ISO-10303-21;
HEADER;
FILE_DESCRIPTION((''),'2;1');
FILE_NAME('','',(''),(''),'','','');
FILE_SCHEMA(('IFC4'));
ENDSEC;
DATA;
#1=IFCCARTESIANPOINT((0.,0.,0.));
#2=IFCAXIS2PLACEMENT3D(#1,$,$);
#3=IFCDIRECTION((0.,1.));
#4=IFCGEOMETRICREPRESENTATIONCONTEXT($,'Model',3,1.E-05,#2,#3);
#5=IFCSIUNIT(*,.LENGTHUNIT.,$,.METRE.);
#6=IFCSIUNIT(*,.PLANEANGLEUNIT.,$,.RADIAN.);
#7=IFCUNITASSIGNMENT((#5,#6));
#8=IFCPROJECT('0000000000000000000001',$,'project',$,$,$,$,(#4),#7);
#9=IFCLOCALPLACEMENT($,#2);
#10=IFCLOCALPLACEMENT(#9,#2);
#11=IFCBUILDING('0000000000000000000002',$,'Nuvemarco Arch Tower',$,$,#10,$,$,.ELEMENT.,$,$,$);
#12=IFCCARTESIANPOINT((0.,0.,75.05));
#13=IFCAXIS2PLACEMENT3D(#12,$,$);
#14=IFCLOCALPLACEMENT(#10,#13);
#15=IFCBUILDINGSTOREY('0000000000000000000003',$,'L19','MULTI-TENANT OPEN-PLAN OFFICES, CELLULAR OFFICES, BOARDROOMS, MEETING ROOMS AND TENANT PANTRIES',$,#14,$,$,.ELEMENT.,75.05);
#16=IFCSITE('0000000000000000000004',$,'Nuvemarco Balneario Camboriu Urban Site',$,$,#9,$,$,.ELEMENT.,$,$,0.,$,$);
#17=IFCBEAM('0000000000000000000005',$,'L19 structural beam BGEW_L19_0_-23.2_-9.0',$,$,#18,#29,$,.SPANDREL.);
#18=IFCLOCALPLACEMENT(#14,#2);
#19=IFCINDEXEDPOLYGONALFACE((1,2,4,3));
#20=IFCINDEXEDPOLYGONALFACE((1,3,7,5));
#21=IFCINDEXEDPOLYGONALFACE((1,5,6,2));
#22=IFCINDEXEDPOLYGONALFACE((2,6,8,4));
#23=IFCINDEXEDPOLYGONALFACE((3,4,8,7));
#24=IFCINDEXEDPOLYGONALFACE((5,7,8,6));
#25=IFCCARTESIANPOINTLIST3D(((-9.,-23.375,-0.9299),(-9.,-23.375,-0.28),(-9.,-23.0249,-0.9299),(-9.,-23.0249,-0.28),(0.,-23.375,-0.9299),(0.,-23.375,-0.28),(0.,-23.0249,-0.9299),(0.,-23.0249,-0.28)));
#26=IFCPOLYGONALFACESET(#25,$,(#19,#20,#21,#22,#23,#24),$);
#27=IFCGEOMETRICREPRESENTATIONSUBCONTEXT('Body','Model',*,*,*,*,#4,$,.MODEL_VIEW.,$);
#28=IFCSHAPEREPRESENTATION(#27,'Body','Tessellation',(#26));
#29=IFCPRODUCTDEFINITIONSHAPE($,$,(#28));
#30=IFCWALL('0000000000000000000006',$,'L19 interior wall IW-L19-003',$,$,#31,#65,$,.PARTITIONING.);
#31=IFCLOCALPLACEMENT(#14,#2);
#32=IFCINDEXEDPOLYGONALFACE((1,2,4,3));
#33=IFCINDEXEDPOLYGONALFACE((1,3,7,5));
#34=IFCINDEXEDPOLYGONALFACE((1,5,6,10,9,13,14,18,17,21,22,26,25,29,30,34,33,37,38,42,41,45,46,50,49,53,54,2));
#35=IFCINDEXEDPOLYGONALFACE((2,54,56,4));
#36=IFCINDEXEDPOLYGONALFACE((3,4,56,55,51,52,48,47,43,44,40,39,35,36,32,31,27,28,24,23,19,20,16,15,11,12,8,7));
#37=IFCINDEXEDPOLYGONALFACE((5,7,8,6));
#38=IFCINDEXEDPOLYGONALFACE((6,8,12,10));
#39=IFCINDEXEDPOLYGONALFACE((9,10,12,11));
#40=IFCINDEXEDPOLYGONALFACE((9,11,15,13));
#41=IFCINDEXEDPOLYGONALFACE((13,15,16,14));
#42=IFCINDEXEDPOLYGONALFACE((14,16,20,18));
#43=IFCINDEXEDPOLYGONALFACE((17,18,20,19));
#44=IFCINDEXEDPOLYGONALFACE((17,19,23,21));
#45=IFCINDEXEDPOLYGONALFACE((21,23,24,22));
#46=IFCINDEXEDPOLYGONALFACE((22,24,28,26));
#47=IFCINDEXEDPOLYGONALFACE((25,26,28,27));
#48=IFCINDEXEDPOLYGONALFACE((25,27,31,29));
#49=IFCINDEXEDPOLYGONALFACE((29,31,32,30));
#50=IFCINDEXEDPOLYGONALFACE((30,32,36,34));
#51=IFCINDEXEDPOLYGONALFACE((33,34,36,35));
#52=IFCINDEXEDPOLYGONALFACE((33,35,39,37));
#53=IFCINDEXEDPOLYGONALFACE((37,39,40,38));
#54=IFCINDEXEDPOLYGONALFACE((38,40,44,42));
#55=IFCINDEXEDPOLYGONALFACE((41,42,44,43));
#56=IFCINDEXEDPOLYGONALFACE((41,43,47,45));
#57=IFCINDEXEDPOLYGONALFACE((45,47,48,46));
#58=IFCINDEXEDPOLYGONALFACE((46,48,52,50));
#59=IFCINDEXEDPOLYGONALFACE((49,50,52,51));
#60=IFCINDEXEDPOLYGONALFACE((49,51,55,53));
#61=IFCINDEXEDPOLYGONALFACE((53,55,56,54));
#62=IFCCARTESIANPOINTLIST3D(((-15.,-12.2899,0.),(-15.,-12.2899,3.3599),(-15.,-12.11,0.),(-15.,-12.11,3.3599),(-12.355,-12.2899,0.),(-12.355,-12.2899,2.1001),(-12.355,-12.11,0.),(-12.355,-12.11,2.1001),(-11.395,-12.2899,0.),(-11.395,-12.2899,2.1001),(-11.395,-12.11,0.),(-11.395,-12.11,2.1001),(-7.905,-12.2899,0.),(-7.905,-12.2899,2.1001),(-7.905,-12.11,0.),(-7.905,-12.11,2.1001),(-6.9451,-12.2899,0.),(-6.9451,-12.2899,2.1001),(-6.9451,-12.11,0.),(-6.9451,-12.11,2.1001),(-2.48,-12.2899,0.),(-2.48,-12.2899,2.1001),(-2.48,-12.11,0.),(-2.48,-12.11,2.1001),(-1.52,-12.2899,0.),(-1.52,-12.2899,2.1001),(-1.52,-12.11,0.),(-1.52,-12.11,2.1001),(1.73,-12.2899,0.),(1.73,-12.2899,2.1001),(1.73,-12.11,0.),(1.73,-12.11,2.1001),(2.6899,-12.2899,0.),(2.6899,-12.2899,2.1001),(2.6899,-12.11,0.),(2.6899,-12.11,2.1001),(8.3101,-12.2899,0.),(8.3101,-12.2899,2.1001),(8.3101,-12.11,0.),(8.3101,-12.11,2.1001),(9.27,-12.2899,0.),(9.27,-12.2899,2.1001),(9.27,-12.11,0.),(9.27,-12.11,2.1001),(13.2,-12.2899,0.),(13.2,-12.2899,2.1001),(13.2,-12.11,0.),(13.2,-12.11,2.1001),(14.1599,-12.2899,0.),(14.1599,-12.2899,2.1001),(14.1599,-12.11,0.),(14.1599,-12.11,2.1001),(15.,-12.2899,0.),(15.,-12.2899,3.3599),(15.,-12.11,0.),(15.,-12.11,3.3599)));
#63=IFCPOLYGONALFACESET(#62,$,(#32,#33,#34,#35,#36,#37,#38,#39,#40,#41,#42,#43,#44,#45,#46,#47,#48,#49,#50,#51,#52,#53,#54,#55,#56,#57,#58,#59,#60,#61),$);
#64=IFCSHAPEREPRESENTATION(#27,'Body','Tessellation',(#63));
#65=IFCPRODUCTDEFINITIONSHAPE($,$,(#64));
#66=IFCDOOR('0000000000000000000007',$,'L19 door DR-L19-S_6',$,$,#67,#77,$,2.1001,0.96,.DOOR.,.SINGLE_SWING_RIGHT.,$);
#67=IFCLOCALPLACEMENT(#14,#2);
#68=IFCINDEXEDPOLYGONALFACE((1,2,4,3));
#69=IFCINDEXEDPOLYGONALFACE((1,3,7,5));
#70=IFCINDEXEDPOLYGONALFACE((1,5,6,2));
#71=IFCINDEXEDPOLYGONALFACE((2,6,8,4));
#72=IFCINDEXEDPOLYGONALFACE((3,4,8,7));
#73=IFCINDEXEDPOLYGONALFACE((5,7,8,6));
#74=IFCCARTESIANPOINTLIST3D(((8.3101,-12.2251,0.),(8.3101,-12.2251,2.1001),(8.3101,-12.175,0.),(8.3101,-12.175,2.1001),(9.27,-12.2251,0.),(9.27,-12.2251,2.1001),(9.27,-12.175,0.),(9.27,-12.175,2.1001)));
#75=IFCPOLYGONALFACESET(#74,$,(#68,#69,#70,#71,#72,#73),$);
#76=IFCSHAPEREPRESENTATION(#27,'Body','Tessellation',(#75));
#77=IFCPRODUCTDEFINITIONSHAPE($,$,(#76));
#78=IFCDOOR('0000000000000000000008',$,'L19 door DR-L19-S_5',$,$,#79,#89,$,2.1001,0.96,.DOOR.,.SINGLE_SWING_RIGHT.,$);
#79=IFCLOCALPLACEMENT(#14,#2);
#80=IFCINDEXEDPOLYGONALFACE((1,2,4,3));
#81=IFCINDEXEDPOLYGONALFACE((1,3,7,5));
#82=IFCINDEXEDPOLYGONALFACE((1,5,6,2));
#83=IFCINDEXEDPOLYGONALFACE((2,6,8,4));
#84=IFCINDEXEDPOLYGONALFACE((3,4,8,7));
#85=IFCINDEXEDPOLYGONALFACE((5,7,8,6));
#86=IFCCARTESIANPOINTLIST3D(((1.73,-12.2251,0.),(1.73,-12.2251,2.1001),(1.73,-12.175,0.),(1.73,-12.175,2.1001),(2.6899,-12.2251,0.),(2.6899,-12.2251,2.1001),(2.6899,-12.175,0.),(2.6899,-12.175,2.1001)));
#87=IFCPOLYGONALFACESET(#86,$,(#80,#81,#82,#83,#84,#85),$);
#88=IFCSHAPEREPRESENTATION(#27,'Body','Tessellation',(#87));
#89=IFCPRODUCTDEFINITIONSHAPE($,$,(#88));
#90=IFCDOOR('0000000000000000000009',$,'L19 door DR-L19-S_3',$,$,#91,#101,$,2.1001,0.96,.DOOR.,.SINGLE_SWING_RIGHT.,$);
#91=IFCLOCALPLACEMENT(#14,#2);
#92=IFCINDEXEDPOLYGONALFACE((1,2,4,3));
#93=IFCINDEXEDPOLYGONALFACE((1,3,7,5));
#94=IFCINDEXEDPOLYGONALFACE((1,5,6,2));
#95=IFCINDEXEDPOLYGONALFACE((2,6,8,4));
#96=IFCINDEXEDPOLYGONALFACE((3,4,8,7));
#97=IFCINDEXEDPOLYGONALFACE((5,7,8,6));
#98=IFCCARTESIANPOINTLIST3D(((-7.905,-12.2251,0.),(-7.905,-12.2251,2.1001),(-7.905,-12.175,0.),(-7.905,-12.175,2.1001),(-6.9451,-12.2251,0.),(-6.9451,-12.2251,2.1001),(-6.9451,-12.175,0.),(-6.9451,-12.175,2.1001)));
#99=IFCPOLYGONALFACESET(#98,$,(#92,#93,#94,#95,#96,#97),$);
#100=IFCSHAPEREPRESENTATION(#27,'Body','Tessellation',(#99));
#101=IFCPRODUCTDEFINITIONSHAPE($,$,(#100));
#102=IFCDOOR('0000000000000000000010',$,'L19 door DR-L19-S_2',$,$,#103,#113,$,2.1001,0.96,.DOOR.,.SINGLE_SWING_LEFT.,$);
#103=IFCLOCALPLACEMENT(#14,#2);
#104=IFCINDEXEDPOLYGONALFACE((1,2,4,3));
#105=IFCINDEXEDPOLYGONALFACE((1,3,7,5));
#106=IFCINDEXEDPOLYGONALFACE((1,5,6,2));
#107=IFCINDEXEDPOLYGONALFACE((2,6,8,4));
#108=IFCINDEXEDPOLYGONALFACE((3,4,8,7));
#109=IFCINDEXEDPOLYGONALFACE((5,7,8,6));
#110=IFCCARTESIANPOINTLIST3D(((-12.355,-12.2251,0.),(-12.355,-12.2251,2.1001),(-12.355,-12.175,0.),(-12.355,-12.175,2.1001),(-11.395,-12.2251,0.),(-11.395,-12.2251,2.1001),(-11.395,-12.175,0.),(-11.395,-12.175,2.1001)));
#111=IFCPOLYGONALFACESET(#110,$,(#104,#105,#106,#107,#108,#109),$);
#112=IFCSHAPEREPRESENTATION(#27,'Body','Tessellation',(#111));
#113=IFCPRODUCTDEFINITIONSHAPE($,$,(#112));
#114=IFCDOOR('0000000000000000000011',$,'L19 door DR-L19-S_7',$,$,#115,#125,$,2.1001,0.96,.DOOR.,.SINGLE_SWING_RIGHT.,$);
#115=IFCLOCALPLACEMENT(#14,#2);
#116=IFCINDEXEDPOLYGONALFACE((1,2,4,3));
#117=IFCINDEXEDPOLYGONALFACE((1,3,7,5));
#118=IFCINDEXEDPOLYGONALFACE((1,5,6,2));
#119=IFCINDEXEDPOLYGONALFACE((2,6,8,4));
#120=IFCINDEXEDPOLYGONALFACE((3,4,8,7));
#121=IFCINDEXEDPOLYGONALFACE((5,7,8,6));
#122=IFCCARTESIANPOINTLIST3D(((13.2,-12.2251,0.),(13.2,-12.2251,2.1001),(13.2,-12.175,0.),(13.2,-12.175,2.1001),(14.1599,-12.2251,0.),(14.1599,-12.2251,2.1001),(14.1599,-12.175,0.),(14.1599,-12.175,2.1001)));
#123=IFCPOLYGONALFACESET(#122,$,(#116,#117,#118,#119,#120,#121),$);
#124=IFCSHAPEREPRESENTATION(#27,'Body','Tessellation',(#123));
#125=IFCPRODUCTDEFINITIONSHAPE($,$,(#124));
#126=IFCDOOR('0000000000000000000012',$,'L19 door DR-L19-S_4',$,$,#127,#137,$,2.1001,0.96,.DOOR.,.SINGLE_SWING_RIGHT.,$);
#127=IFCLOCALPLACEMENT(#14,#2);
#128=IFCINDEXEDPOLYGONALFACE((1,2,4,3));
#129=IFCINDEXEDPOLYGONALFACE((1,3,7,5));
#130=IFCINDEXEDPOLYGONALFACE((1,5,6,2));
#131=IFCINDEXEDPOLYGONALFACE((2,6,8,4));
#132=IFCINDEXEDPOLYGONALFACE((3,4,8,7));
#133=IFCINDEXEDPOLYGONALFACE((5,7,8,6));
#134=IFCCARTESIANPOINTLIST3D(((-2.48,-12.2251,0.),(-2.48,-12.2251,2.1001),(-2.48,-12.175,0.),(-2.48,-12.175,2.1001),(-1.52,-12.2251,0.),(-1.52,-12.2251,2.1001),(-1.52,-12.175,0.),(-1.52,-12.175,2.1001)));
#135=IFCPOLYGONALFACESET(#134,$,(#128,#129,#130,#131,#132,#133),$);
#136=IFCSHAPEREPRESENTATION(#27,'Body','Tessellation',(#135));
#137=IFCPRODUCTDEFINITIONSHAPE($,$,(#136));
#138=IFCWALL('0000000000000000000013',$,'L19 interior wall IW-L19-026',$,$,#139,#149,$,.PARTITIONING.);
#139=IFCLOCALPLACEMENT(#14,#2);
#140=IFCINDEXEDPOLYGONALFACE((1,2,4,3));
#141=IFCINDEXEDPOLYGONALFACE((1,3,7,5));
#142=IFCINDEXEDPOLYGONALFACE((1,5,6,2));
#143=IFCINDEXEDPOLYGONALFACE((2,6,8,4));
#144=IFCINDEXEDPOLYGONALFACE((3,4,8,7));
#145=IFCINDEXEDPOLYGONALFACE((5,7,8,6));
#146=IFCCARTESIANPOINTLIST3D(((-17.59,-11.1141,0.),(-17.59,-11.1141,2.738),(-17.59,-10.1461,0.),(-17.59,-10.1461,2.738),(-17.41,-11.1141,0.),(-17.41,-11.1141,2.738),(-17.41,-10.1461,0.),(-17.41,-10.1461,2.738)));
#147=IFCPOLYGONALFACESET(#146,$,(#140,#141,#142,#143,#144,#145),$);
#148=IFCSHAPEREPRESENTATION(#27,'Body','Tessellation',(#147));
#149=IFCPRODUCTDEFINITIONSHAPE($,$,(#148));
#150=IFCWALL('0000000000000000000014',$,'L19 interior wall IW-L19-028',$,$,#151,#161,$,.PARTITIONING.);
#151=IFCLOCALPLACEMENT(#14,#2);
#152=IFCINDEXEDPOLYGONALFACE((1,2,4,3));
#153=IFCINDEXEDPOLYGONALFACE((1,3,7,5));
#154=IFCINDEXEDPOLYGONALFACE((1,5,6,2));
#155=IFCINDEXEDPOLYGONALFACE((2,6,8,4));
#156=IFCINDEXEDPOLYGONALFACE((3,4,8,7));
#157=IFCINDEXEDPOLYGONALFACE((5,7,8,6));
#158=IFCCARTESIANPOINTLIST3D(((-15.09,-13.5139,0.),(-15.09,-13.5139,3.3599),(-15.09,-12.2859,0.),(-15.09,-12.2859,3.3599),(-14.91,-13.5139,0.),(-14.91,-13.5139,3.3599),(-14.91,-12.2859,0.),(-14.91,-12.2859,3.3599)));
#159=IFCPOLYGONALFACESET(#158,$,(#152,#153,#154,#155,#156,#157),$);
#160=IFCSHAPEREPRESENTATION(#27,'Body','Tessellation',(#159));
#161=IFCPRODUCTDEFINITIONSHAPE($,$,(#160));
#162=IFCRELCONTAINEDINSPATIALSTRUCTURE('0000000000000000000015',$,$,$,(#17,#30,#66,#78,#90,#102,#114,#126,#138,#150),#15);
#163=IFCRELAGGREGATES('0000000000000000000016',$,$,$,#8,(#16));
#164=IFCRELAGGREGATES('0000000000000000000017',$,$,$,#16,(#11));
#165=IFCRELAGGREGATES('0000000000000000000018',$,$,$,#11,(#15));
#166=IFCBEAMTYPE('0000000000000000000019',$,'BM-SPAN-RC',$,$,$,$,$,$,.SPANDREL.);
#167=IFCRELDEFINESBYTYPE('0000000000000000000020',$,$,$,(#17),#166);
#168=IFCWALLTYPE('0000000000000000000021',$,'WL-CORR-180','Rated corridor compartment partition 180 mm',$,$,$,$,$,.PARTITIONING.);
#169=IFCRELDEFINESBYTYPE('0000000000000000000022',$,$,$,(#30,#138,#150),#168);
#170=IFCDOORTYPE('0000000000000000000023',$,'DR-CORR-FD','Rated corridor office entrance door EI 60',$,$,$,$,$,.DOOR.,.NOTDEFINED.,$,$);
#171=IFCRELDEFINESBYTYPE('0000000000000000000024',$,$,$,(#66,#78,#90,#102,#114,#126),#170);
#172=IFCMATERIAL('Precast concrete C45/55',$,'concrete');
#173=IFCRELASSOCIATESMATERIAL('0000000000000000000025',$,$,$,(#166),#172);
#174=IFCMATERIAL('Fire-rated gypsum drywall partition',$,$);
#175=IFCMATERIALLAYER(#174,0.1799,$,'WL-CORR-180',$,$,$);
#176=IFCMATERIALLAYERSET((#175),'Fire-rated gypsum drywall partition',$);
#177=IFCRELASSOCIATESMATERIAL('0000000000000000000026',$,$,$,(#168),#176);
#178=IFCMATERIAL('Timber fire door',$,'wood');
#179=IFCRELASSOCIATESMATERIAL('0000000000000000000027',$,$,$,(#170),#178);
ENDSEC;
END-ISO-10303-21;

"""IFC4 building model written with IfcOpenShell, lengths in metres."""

from ifc_helpers import new_model, si_unit, direction, frame, frame_2d, origin, origin_2d, place, context, subcontext, project, spatial, rectangle, extrude, source, transform, mapped, material, layer, layer_set, material_profile, profile_set, type_object, type_shapes, element, fill, save


model = new_model("IFC4")

# Units and contexts
model_context = context("Model", 3, precision=1e-05, world=origin(), true_north=direction((0.0, 1.0)))
body_context = subcontext(model_context, "Body", "Model", "MODEL_VIEW")
ifc_project = project(units=[si_unit("LENGTHUNIT", "METRE"), si_unit("PLANEANGLEUNIT", "RADIAN")], contexts=[model_context])

# Site, building, storey
site_placement = place(None, origin())
site = spatial("IfcSite", under=ifc_project, at=site_placement, Name="Nuvemarco Balneario Camboriu Urban Site", CompositionType="ELEMENT", RefElevation=0.0)
building_placement = place(site_placement, origin())
building = spatial("IfcBuilding", under=site, at=building_placement, Name="Nuvemarco Arch Tower", CompositionType="ELEMENT")
storey_placement = place(building_placement, frame((0.0, 0.0, 75.05)))
storey = spatial("IfcBuildingStorey", under=building, at=storey_placement, Name="L19", Description="MULTI-TENANT OPEN-PLAN OFFICES, CELLULAR OFFICES, BOARDROOMS, MEETING ROOMS AND TENANT PANTRIES", CompositionType="ELEMENT", Elevation=75.05)

# Beam
ifc_material_1 = material(Name="Precast concrete C45/55", Category="concrete")
ifc_material_profile_1 = material_profile(ifc_material_1, rectangle(XDim=0.3501, YDim=0.6499, at=origin_2d()), Name="PC-SP-350x650")
ifc_profile_set_1 = profile_set([ifc_material_profile_1], Name="Precast concrete C45/55")
beam_type_1 = type_object("IfcBeamType", Name="BM-SPAN-RC", PredefinedType="SPANDREL", material=ifc_profile_set_1)
beam_1_placement = place(storey_placement, frame((-9.0, -23.2, -0.605), z_axis=(1.0, 0.0, 0.0), x_axis=(0.0, 1.0, 0.0)))
element("IfcBeam", 1, at=beam_1_placement, inside=storey, type_object=beam_type_1, Name="L19 structural beam BGEW_L19_0_-23.2_-9.0", PredefinedType="SPANDREL", context=body_context, shape_type="SweptSolid", body=[
    extrude(rectangle(XDim=0.3501, YDim=0.6499, at=origin_2d()), origin(), (0.0, 0.0, 1.0), 9.0),
])

# Wall, openings, doors
ifc_material_2 = material(Name="Fire-rated gypsum drywall partition")
ifc_layer_1 = layer(ifc_material_2, 0.1799, Name="WL-CORR-180")
ifc_layer_set_1 = layer_set([ifc_layer_1], Name="Fire-rated gypsum drywall partition")
wall_type_1 = type_object("IfcWallType", Name="WL-CORR-180", Description="Rated corridor compartment partition 180 mm", PredefinedType="PARTITIONING", material=ifc_layer_set_1)
wall_1_placement = place(storey_placement, frame((-15.0, -12.2, 0.0), z_axis=(0.0, 0.0, 1.0), x_axis=(1.0, 0.0, 0.0)))
wall_1 = element("IfcWall", 2, at=wall_1_placement, inside=storey, type_object=wall_type_1, Name="L19 interior wall IW-L19-003", PredefinedType="PARTITIONING", context=body_context, shape_type="SweptSolid", body=[
    extrude(rectangle(XDim=30.0, YDim=0.1799, at=frame_2d((15.0, 0.0))), origin(), (0.0, 0.0, 1.0), 3.3599),
])
opening_1_placement = place(wall_1_placement, frame((23.3101, 0.0, 0.0)))
opening_1 = element("IfcOpeningElement", 3, at=opening_1_placement, cuts=wall_1, PredefinedType="OPENING", context=body_context, shape_type="SweptSolid", body=[
    extrude(rectangle(XDim=0.96, YDim=2.1001, at=frame_2d((0.48, 1.05))), frame((0.0, 0.0999, 0.0), z_axis=(0.0, -1.0, 0.0), x_axis=(1.0, 0.0, 0.0)), (0.0, 0.0, 1.0), 0.2),
])
opening_2_placement = place(wall_1_placement, frame((16.73, 0.0, 0.0)))
opening_2 = element("IfcOpeningElement", 4, at=opening_2_placement, cuts=wall_1, PredefinedType="OPENING", context=body_context, shape_type="SweptSolid", body=[
    extrude(rectangle(XDim=0.96, YDim=2.1001, at=frame_2d((0.48, 1.05))), frame((0.0, 0.0999, 0.0), z_axis=(0.0, -1.0, 0.0), x_axis=(1.0, 0.0, 0.0)), (0.0, 0.0, 1.0), 0.2),
])
opening_3_placement = place(wall_1_placement, frame((7.095, 0.0, 0.0)))
opening_3 = element("IfcOpeningElement", 5, at=opening_3_placement, cuts=wall_1, PredefinedType="OPENING", context=body_context, shape_type="SweptSolid", body=[
    extrude(rectangle(XDim=0.96, YDim=2.1001, at=frame_2d((0.48, 1.05))), frame((0.0, 0.0999, 0.0), z_axis=(0.0, -1.0, 0.0), x_axis=(1.0, 0.0, 0.0)), (0.0, 0.0, 1.0), 0.2),
])
opening_4_placement = place(wall_1_placement, frame((2.645, 0.0, 0.0)))
opening_4 = element("IfcOpeningElement", 6, at=opening_4_placement, cuts=wall_1, PredefinedType="OPENING", context=body_context, shape_type="SweptSolid", body=[
    extrude(rectangle(XDim=0.96, YDim=2.1001, at=frame_2d((0.48, 1.05))), frame((0.0, 0.0999, 0.0), z_axis=(0.0, -1.0, 0.0), x_axis=(1.0, 0.0, 0.0)), (0.0, 0.0, 1.0), 0.2),
])
opening_5_placement = place(wall_1_placement, frame((28.2, 0.0, 0.0)))
opening_5 = element("IfcOpeningElement", 7, at=opening_5_placement, cuts=wall_1, PredefinedType="OPENING", context=body_context, shape_type="SweptSolid", body=[
    extrude(rectangle(XDim=0.96, YDim=2.1001, at=frame_2d((0.48, 1.05))), frame((0.0, 0.0999, 0.0), z_axis=(0.0, -1.0, 0.0), x_axis=(1.0, 0.0, 0.0)), (0.0, 0.0, 1.0), 0.2),
])
opening_6_placement = place(wall_1_placement, frame((12.52, 0.0, 0.0)))
opening_6 = element("IfcOpeningElement", 8, at=opening_6_placement, cuts=wall_1, PredefinedType="OPENING", context=body_context, shape_type="SweptSolid", body=[
    extrude(rectangle(XDim=0.96, YDim=2.1001, at=frame_2d((0.48, 1.05))), frame((0.0, 0.0999, 0.0), z_axis=(0.0, -1.0, 0.0), x_axis=(1.0, 0.0, 0.0)), (0.0, 0.0, 1.0), 0.2),
])
ifc_material_3 = material(Name="Timber fire door", Category="wood")
door_type = type_object("IfcDoorType", Name="DR-CORR-FD", Description="Rated corridor office entrance door EI 60", OperationType="NOTDEFINED", PredefinedType="DOOR", material=ifc_material_3)
shared_shape_1 = source(origin(), body_context, "Body", "SweptSolid", [
    extrude(rectangle(XDim=0.96, YDim=2.1001, at=frame_2d((0.48, 1.05))), frame((0.0, 0.0249, 0.0), z_axis=(0.0, -1.0, 0.0), x_axis=(1.0, 0.0, 0.0)), (0.0, 0.0, 1.0), 0.05),
])
type_shapes(door_type, [shared_shape_1])
door_1_placement = place(opening_1_placement, origin())
door_1 = element("IfcDoor", 9, at=door_1_placement, inside=storey, type_object=door_type, Name="L19 door DR-L19-S_6", OperationType="SINGLE_SWING_RIGHT", OverallHeight=2.1001, OverallWidth=0.96, PredefinedType="DOOR", context=body_context, shape_type="MappedRepresentation", body=[
    mapped(shared_shape_1, transform((0.0, 0.0, 0.0), scale=1.0)),
])
fill(opening_1, door_1)
door_2_placement = place(opening_2_placement, origin())
door_2 = element("IfcDoor", 10, at=door_2_placement, inside=storey, type_object=door_type, Name="L19 door DR-L19-S_5", OperationType="SINGLE_SWING_RIGHT", OverallHeight=2.1001, OverallWidth=0.96, PredefinedType="DOOR", context=body_context, shape_type="MappedRepresentation", body=[
    mapped(shared_shape_1, transform((0.0, 0.0, 0.0), scale=1.0)),
])
fill(opening_2, door_2)
door_3_placement = place(opening_3_placement, origin())
door_3 = element("IfcDoor", 11, at=door_3_placement, inside=storey, type_object=door_type, Name="L19 door DR-L19-S_3", OperationType="SINGLE_SWING_RIGHT", OverallHeight=2.1001, OverallWidth=0.96, PredefinedType="DOOR", context=body_context, shape_type="MappedRepresentation", body=[
    mapped(shared_shape_1, transform((0.0, 0.0, 0.0), scale=1.0)),
])
fill(opening_3, door_3)
door_4_placement = place(opening_4_placement, origin())
door_4 = element("IfcDoor", 12, at=door_4_placement, inside=storey, type_object=door_type, Name="L19 door DR-L19-S_2", OperationType="SINGLE_SWING_LEFT", OverallHeight=2.1001, OverallWidth=0.96, PredefinedType="DOOR", context=body_context, shape_type="MappedRepresentation", body=[
    mapped(shared_shape_1, transform((0.0, 0.0, 0.0), scale=1.0)),
])
fill(opening_4, door_4)
door_5_placement = place(opening_5_placement, origin())
door_5 = element("IfcDoor", 13, at=door_5_placement, inside=storey, type_object=door_type, Name="L19 door DR-L19-S_7", OperationType="SINGLE_SWING_RIGHT", OverallHeight=2.1001, OverallWidth=0.96, PredefinedType="DOOR", context=body_context, shape_type="MappedRepresentation", body=[
    mapped(shared_shape_1, transform((0.0, 0.0, 0.0), scale=1.0)),
])
fill(opening_5, door_5)
door_6_placement = place(opening_6_placement, origin())
door_6 = element("IfcDoor", 14, at=door_6_placement, inside=storey, type_object=door_type, Name="L19 door DR-L19-S_4", OperationType="SINGLE_SWING_RIGHT", OverallHeight=2.1001, OverallWidth=0.96, PredefinedType="DOOR", context=body_context, shape_type="MappedRepresentation", body=[
    mapped(shared_shape_1, transform((0.0, 0.0, 0.0), scale=1.0)),
])
fill(opening_6, door_6)

# Walls
wall_2_placement = place(storey_placement, frame((-17.5, -11.114, 0.0), z_axis=(0.0, 0.0, 1.0), x_axis=(0.0, 1.0, 0.0)))
element("IfcWall", 15, at=wall_2_placement, inside=storey, type_object=wall_type_1, Name="L19 interior wall IW-L19-026", PredefinedType="PARTITIONING", context=body_context, shape_type="SweptSolid", body=[
    extrude(rectangle(XDim=0.968, YDim=0.1799, at=frame_2d((0.4839, 0.0))), origin(), (0.0, 0.0, 1.0), 2.738),
])
wall_3_placement = place(storey_placement, frame((-15.0, -13.5139, 0.0), z_axis=(0.0, 0.0, 1.0), x_axis=(0.0, 1.0, 0.0)))
element("IfcWall", 16, at=wall_3_placement, inside=storey, type_object=wall_type_1, Name="L19 interior wall IW-L19-028", PredefinedType="PARTITIONING", context=body_context, shape_type="SweptSolid", body=[
    extrude(rectangle(XDim=1.228, YDim=0.1799, at=frame_2d((0.614, 0.0))), origin(), (0.0, 0.0, 1.0), 3.3599),
])

save(model, "model.ifc")
